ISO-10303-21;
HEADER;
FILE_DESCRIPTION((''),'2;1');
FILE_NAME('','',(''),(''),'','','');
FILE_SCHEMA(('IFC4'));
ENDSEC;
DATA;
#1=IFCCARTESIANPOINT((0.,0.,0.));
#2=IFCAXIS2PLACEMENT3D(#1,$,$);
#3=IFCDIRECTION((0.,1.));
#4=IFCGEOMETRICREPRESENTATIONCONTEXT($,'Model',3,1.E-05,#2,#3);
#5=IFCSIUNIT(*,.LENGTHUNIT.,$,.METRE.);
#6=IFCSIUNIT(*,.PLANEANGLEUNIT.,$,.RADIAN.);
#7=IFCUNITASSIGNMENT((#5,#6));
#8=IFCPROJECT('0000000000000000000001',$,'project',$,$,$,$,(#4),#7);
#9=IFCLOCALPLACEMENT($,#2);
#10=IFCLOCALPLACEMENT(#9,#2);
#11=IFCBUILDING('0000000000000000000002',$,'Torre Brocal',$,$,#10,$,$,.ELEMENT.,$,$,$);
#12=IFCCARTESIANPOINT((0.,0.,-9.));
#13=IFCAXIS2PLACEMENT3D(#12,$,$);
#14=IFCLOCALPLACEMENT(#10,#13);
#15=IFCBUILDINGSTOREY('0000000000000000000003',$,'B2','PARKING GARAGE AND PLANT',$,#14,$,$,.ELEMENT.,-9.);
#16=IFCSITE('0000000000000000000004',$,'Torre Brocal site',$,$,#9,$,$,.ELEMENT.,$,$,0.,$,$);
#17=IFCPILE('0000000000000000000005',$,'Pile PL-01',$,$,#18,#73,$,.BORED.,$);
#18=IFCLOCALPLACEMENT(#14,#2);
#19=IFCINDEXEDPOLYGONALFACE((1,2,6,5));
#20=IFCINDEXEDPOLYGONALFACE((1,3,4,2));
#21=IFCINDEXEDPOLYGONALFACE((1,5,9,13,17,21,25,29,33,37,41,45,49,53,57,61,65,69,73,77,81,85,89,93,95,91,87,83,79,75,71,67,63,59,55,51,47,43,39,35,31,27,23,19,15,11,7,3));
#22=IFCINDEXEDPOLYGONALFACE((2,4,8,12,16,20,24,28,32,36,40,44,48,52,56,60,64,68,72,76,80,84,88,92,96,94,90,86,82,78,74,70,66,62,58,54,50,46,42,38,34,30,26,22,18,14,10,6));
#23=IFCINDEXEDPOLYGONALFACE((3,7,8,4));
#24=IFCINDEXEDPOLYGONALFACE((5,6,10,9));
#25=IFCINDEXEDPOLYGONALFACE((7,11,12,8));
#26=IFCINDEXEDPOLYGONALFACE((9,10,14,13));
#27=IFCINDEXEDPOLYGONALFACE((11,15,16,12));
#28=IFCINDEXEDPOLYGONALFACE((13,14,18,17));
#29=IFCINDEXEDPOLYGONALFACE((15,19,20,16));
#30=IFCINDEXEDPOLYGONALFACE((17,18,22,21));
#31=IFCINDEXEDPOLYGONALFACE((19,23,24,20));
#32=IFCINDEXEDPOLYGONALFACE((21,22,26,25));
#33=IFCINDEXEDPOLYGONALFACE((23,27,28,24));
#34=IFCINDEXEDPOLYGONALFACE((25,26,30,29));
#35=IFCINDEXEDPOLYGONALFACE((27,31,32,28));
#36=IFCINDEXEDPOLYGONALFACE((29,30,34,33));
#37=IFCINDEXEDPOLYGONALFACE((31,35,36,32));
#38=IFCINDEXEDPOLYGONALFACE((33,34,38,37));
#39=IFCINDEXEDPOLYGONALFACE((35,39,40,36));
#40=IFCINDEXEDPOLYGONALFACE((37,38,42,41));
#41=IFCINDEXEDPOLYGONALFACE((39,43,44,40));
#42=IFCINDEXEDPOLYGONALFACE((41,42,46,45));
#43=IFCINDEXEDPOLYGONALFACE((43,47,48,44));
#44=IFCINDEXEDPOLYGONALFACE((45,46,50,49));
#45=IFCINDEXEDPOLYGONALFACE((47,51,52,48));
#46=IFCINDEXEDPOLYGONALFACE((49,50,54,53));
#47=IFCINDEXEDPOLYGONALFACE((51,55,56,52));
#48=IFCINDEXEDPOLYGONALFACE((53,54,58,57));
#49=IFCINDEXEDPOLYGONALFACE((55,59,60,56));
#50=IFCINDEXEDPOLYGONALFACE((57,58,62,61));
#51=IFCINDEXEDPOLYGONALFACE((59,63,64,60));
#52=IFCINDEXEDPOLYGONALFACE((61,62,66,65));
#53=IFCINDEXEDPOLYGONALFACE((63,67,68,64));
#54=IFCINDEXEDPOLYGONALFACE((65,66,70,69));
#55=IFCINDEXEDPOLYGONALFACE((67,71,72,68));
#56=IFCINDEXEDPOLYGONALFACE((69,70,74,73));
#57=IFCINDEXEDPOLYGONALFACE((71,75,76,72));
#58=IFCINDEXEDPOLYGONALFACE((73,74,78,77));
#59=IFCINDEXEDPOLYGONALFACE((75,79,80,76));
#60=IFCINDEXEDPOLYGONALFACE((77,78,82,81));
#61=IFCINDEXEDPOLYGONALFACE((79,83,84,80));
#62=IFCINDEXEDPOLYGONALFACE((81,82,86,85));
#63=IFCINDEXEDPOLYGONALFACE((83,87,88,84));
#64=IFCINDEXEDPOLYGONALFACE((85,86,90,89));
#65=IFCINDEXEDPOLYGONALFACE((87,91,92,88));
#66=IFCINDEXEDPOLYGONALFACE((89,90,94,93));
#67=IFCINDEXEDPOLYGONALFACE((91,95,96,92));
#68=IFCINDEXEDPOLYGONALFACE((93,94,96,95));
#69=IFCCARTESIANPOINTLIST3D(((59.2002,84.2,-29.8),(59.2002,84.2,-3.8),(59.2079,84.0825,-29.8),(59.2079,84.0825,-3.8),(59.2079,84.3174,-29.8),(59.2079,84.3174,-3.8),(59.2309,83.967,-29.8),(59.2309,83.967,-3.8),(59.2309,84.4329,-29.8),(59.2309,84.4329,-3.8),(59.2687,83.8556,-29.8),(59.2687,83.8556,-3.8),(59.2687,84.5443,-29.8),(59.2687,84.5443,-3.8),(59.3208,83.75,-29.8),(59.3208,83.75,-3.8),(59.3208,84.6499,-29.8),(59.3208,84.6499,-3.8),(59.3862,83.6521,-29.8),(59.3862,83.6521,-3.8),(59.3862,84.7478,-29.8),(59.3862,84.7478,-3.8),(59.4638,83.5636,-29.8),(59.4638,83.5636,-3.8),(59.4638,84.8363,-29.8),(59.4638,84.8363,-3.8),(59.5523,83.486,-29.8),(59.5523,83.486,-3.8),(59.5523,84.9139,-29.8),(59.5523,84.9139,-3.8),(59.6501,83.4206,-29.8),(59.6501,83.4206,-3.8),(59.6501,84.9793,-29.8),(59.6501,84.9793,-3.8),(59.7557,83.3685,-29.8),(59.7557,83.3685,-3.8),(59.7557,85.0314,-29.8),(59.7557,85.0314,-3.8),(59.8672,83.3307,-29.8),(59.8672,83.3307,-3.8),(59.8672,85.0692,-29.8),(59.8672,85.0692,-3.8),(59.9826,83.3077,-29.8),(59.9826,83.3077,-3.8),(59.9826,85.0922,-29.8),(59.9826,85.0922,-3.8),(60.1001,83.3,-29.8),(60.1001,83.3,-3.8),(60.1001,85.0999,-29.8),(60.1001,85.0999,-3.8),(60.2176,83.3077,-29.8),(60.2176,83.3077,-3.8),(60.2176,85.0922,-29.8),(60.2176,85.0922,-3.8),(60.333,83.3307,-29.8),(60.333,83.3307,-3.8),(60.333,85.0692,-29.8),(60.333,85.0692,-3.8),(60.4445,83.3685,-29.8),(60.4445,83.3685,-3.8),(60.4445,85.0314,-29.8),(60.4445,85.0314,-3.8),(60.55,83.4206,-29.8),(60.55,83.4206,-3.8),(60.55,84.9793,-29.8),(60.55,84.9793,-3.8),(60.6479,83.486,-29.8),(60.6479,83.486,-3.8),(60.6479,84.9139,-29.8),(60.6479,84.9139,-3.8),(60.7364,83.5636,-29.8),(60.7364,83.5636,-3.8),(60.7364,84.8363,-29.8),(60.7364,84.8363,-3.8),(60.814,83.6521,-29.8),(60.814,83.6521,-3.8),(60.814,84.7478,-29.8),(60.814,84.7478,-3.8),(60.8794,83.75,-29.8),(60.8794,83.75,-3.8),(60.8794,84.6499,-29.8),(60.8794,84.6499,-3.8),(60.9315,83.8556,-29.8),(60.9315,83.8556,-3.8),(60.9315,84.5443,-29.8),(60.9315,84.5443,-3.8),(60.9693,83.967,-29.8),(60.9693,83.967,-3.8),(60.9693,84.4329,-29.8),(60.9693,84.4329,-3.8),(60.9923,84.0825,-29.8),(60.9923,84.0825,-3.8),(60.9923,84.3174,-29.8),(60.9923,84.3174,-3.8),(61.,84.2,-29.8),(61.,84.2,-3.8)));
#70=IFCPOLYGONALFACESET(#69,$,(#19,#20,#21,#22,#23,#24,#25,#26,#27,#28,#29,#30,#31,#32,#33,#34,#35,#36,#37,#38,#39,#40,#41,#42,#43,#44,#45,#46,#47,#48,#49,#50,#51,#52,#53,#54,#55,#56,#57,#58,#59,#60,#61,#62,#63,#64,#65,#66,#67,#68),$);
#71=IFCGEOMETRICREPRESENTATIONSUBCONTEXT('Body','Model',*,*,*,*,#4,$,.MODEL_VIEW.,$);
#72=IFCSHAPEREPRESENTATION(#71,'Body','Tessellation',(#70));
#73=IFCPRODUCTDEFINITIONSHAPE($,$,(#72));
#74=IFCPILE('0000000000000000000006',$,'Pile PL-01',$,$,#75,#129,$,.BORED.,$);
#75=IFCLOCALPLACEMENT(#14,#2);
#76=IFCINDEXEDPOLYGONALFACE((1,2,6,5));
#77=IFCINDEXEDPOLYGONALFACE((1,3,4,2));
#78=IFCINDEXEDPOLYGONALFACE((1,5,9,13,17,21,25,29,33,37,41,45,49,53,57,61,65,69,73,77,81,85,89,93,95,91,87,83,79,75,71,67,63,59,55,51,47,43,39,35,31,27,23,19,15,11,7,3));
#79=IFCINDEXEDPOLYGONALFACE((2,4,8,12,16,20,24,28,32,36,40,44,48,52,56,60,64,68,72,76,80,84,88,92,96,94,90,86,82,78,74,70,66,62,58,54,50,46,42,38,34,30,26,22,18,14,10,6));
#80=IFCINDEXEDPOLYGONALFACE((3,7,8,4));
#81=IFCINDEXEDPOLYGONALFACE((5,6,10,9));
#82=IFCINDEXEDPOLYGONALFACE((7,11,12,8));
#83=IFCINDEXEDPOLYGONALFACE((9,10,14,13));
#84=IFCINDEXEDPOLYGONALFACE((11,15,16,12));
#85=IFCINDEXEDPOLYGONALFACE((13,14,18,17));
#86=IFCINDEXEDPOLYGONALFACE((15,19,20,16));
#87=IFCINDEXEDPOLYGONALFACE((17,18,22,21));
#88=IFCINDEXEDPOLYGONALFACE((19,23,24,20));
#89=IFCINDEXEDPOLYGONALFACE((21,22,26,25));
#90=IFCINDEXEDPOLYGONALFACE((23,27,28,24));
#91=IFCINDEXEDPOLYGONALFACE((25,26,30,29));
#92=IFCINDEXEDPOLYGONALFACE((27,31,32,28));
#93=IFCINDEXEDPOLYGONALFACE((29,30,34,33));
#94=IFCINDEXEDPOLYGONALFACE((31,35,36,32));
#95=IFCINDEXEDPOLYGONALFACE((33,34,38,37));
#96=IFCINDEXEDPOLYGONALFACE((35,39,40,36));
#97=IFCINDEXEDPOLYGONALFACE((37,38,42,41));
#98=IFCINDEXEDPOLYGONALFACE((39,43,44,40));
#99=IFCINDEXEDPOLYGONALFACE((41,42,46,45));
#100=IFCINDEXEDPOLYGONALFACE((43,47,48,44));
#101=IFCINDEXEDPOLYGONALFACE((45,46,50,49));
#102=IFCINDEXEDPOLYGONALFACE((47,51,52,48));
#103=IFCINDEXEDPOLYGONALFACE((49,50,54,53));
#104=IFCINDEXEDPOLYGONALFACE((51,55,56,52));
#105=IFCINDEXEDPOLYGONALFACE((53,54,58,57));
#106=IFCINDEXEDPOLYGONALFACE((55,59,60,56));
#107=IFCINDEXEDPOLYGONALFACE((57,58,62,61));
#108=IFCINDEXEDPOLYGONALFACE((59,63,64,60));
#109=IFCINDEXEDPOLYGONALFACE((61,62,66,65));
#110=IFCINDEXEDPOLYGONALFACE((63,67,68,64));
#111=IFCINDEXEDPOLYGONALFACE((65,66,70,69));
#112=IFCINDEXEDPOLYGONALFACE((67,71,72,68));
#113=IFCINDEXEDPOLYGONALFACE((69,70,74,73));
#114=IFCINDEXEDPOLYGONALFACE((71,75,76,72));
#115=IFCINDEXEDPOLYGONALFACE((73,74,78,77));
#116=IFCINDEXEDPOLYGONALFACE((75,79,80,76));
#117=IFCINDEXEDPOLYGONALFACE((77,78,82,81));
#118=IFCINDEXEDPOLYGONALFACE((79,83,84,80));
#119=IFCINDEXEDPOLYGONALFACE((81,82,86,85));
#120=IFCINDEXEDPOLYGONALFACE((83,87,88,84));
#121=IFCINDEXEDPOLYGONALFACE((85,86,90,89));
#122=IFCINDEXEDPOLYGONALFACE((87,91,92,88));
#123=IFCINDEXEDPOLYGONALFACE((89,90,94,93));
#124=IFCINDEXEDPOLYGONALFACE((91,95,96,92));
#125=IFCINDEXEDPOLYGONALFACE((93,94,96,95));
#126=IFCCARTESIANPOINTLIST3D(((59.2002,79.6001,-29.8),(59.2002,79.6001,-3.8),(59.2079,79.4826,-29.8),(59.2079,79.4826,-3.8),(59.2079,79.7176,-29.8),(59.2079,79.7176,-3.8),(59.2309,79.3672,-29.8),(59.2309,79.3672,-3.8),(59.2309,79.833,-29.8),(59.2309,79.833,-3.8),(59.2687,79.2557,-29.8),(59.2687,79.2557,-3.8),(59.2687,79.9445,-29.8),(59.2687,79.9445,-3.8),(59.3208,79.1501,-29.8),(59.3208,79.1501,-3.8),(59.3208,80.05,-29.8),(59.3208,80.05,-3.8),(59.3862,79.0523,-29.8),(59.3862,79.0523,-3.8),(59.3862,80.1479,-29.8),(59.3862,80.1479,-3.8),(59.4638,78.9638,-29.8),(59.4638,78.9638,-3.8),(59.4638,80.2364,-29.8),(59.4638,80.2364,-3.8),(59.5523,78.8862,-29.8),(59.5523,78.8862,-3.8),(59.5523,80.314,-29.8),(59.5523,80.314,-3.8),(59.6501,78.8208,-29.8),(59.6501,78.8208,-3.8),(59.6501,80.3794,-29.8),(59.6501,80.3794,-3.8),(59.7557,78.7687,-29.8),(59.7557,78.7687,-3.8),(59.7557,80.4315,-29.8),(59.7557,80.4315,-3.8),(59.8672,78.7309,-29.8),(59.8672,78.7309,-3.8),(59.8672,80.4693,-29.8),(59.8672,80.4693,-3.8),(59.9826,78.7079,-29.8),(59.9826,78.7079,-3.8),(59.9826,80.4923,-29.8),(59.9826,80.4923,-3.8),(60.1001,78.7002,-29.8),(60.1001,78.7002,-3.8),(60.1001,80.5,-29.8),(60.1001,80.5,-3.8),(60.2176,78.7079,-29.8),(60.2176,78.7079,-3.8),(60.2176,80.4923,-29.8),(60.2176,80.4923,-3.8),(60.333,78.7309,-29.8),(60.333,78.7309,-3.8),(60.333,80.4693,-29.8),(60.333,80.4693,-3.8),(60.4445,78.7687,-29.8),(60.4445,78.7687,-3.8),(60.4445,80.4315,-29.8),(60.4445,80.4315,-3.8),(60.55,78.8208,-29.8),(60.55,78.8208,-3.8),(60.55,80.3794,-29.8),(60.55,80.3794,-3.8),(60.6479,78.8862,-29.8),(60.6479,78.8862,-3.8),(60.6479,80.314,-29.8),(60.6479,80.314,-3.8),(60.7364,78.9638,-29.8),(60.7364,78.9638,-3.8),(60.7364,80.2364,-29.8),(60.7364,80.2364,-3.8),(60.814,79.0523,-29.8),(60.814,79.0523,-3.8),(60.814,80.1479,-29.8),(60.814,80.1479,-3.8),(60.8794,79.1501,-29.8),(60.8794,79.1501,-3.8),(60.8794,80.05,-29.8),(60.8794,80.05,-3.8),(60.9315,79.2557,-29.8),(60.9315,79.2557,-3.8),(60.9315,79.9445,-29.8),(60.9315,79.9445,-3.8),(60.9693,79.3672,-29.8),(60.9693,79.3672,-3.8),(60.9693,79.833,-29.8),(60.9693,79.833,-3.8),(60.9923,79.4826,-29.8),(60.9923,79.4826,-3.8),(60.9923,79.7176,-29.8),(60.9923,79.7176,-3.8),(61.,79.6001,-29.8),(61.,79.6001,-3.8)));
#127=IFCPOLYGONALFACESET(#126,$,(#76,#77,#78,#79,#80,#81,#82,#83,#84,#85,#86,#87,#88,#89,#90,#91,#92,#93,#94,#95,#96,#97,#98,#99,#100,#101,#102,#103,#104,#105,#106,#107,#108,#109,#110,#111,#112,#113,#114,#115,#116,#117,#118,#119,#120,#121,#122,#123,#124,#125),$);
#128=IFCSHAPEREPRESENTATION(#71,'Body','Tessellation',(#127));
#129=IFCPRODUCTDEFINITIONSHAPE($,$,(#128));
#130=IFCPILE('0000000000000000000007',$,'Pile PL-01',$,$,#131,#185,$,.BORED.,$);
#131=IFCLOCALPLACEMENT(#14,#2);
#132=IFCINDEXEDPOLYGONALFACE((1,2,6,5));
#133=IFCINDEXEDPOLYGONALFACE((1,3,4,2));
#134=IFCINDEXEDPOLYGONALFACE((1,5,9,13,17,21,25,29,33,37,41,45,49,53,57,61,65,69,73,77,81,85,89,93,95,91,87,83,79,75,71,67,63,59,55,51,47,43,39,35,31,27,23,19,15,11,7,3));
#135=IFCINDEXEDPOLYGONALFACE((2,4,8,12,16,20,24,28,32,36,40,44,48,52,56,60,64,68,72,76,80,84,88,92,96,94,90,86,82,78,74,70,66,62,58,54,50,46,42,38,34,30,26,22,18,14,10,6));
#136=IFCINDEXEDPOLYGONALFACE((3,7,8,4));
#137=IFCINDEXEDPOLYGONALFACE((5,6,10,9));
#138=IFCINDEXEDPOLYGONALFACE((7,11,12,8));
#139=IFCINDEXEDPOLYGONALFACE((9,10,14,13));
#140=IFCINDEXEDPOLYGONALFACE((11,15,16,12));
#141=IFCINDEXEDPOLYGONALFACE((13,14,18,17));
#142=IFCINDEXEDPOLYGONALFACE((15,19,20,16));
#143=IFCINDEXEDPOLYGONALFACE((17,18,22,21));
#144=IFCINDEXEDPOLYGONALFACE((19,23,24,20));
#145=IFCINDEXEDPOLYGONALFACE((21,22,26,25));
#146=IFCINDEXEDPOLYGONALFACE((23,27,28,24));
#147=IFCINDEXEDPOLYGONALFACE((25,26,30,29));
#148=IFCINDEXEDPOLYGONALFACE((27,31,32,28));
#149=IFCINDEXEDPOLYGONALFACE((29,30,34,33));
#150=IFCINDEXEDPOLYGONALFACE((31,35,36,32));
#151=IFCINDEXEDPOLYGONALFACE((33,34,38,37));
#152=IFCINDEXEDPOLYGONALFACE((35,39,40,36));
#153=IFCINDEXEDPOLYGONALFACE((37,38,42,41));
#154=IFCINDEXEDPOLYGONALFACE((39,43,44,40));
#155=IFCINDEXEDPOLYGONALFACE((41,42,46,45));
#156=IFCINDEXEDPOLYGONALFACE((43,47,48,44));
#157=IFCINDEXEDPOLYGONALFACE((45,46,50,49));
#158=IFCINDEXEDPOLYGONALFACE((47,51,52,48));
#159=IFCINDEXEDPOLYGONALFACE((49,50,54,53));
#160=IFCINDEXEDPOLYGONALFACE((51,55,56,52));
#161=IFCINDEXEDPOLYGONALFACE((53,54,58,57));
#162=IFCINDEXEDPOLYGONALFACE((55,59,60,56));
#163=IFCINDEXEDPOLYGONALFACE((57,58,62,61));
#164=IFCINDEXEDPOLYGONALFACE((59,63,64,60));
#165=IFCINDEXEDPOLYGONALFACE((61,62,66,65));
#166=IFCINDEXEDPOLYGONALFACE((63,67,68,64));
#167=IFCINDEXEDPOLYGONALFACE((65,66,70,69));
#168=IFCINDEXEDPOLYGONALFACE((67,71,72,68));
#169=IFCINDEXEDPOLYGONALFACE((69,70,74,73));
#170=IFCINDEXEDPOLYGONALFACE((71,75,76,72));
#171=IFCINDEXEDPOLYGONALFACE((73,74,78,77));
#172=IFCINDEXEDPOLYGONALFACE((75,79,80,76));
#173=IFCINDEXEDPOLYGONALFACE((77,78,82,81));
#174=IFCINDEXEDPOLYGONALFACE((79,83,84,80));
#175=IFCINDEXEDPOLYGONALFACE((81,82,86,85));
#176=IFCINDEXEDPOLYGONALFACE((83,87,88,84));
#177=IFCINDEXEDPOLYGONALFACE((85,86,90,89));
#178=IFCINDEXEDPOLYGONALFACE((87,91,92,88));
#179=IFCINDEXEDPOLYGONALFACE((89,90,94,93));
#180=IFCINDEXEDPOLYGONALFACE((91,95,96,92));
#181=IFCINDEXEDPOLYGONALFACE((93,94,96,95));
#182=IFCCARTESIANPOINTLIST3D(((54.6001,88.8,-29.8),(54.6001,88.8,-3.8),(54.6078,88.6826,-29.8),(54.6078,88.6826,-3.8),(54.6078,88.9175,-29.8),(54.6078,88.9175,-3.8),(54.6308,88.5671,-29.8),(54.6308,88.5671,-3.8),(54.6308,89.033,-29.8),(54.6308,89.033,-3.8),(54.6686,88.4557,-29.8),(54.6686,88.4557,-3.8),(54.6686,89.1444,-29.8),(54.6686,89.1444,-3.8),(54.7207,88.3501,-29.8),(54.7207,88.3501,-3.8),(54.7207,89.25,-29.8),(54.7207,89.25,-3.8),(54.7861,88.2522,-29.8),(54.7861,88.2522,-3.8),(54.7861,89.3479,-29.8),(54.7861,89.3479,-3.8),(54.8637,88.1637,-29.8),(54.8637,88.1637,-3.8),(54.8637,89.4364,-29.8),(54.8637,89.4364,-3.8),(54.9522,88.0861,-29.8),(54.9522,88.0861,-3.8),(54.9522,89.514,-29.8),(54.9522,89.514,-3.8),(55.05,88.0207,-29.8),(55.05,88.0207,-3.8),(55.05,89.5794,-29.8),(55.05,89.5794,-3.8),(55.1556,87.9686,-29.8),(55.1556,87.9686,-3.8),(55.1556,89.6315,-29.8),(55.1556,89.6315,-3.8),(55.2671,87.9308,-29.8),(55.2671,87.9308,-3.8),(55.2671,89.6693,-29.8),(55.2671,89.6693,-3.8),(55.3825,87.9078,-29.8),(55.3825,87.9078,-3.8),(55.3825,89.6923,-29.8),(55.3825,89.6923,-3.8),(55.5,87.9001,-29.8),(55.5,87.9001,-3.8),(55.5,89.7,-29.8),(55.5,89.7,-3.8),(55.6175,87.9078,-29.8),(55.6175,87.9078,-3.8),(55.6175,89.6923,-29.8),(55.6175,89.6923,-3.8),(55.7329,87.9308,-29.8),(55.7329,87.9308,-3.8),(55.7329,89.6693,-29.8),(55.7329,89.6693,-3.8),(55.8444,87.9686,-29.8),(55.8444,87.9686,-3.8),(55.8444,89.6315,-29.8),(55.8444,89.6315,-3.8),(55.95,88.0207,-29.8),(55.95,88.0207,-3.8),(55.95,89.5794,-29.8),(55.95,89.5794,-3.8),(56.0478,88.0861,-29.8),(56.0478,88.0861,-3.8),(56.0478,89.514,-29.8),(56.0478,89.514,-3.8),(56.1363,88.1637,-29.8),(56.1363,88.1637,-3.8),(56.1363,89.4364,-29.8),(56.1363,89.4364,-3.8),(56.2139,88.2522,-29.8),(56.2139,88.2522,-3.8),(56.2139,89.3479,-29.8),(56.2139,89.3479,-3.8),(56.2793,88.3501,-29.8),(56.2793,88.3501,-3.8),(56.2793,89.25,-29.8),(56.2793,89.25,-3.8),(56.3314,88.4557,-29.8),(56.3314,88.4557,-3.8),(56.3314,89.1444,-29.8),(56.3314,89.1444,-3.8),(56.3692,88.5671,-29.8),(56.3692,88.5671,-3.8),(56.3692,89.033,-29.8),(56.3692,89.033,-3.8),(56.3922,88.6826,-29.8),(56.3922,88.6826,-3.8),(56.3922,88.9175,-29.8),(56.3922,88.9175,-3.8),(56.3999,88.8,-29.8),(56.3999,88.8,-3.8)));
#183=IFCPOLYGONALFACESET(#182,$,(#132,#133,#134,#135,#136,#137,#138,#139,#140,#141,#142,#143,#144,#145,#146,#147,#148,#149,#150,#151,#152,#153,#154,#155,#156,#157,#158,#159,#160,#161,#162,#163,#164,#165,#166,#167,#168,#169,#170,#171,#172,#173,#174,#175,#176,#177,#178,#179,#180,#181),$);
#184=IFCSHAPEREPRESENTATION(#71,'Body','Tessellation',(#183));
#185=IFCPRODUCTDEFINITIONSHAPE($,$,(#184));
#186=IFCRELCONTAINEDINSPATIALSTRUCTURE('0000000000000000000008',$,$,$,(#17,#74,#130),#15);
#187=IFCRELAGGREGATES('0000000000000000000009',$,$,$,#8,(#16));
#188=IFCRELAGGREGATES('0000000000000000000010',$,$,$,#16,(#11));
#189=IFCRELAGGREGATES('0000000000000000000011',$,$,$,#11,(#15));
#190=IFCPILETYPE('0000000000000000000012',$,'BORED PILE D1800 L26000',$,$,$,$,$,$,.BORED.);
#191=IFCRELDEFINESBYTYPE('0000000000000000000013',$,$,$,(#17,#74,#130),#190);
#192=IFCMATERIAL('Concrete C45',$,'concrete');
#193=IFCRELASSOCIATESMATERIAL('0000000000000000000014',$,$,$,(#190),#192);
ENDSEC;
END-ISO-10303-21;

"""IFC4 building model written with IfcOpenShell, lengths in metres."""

from ifc_helpers import new_model, si_unit, direction, frame, origin, origin_2d, place, context, subcontext, project, spatial, circle, extrude, material, material_profile, profile_set, type_object, element, save


model = new_model("IFC4")

# Units and contexts
model_context = context("Model", 3, precision=1e-05, world=origin(), true_north=direction((0.0, 1.0)))
body_context = subcontext(model_context, "Body", "Model", "MODEL_VIEW")
ifc_project = project(units=[si_unit("LENGTHUNIT", "METRE"), si_unit("PLANEANGLEUNIT", "RADIAN")], contexts=[model_context])

# Site, building, storey
site_placement = place(None, origin())
site = spatial("IfcSite", under=ifc_project, at=site_placement, Name="Torre Brocal site", CompositionType="ELEMENT", RefElevation=0.0)
building_placement = place(site_placement, origin())
building = spatial("IfcBuilding", under=site, at=building_placement, Name="Torre Brocal", CompositionType="ELEMENT")
storey_placement = place(building_placement, frame((0.0, 0.0, -9.0)))
storey = spatial("IfcBuildingStorey", under=building, at=storey_placement, Name="B2", Description="PARKING GARAGE AND PLANT", CompositionType="ELEMENT", Elevation=-9.0)

# Piles
ifc_material_1 = material(Name="Concrete C45", Category="concrete")
ifc_material_profile_1 = material_profile(ifc_material_1, circle(Radius=0.8999, at=origin_2d()), Name="BORED PILE D1800")
ifc_profile_set_1 = profile_set([ifc_material_profile_1], Name="Concrete C45")
pile_type_1 = type_object("IfcPileType", Name="BORED PILE D1800 L26000", PredefinedType="BORED", material=ifc_profile_set_1)
for number, where, z_axis, x_axis, name in (
    (1, (60.1001, 84.2, -3.8), (0.0, 0.0, -1.0), (1.0, 0.0, 0.0), "Pile PL-01"),
    (2, (60.1001, 79.6001, -3.8), (0.0, 0.0, -1.0), (1.0, 0.0, 0.0), "Pile PL-01"),
    (3, (55.5, 88.8, -3.8), (0.0, 0.0, -1.0), (1.0, 0.0, 0.0), "Pile PL-01"),
):
    element("IfcPile", number, at=place(storey_placement, frame(where, z_axis=z_axis, x_axis=x_axis)), inside=storey, type_object=pile_type_1, Name=name, PredefinedType="BORED", context=body_context, shape_type="SweptSolid", body=[
        extrude(circle(Radius=0.8999, at=origin_2d()), origin(), (0.0, 0.0, 1.0), 26.0),
    ])

save(model, "model.ifc")
